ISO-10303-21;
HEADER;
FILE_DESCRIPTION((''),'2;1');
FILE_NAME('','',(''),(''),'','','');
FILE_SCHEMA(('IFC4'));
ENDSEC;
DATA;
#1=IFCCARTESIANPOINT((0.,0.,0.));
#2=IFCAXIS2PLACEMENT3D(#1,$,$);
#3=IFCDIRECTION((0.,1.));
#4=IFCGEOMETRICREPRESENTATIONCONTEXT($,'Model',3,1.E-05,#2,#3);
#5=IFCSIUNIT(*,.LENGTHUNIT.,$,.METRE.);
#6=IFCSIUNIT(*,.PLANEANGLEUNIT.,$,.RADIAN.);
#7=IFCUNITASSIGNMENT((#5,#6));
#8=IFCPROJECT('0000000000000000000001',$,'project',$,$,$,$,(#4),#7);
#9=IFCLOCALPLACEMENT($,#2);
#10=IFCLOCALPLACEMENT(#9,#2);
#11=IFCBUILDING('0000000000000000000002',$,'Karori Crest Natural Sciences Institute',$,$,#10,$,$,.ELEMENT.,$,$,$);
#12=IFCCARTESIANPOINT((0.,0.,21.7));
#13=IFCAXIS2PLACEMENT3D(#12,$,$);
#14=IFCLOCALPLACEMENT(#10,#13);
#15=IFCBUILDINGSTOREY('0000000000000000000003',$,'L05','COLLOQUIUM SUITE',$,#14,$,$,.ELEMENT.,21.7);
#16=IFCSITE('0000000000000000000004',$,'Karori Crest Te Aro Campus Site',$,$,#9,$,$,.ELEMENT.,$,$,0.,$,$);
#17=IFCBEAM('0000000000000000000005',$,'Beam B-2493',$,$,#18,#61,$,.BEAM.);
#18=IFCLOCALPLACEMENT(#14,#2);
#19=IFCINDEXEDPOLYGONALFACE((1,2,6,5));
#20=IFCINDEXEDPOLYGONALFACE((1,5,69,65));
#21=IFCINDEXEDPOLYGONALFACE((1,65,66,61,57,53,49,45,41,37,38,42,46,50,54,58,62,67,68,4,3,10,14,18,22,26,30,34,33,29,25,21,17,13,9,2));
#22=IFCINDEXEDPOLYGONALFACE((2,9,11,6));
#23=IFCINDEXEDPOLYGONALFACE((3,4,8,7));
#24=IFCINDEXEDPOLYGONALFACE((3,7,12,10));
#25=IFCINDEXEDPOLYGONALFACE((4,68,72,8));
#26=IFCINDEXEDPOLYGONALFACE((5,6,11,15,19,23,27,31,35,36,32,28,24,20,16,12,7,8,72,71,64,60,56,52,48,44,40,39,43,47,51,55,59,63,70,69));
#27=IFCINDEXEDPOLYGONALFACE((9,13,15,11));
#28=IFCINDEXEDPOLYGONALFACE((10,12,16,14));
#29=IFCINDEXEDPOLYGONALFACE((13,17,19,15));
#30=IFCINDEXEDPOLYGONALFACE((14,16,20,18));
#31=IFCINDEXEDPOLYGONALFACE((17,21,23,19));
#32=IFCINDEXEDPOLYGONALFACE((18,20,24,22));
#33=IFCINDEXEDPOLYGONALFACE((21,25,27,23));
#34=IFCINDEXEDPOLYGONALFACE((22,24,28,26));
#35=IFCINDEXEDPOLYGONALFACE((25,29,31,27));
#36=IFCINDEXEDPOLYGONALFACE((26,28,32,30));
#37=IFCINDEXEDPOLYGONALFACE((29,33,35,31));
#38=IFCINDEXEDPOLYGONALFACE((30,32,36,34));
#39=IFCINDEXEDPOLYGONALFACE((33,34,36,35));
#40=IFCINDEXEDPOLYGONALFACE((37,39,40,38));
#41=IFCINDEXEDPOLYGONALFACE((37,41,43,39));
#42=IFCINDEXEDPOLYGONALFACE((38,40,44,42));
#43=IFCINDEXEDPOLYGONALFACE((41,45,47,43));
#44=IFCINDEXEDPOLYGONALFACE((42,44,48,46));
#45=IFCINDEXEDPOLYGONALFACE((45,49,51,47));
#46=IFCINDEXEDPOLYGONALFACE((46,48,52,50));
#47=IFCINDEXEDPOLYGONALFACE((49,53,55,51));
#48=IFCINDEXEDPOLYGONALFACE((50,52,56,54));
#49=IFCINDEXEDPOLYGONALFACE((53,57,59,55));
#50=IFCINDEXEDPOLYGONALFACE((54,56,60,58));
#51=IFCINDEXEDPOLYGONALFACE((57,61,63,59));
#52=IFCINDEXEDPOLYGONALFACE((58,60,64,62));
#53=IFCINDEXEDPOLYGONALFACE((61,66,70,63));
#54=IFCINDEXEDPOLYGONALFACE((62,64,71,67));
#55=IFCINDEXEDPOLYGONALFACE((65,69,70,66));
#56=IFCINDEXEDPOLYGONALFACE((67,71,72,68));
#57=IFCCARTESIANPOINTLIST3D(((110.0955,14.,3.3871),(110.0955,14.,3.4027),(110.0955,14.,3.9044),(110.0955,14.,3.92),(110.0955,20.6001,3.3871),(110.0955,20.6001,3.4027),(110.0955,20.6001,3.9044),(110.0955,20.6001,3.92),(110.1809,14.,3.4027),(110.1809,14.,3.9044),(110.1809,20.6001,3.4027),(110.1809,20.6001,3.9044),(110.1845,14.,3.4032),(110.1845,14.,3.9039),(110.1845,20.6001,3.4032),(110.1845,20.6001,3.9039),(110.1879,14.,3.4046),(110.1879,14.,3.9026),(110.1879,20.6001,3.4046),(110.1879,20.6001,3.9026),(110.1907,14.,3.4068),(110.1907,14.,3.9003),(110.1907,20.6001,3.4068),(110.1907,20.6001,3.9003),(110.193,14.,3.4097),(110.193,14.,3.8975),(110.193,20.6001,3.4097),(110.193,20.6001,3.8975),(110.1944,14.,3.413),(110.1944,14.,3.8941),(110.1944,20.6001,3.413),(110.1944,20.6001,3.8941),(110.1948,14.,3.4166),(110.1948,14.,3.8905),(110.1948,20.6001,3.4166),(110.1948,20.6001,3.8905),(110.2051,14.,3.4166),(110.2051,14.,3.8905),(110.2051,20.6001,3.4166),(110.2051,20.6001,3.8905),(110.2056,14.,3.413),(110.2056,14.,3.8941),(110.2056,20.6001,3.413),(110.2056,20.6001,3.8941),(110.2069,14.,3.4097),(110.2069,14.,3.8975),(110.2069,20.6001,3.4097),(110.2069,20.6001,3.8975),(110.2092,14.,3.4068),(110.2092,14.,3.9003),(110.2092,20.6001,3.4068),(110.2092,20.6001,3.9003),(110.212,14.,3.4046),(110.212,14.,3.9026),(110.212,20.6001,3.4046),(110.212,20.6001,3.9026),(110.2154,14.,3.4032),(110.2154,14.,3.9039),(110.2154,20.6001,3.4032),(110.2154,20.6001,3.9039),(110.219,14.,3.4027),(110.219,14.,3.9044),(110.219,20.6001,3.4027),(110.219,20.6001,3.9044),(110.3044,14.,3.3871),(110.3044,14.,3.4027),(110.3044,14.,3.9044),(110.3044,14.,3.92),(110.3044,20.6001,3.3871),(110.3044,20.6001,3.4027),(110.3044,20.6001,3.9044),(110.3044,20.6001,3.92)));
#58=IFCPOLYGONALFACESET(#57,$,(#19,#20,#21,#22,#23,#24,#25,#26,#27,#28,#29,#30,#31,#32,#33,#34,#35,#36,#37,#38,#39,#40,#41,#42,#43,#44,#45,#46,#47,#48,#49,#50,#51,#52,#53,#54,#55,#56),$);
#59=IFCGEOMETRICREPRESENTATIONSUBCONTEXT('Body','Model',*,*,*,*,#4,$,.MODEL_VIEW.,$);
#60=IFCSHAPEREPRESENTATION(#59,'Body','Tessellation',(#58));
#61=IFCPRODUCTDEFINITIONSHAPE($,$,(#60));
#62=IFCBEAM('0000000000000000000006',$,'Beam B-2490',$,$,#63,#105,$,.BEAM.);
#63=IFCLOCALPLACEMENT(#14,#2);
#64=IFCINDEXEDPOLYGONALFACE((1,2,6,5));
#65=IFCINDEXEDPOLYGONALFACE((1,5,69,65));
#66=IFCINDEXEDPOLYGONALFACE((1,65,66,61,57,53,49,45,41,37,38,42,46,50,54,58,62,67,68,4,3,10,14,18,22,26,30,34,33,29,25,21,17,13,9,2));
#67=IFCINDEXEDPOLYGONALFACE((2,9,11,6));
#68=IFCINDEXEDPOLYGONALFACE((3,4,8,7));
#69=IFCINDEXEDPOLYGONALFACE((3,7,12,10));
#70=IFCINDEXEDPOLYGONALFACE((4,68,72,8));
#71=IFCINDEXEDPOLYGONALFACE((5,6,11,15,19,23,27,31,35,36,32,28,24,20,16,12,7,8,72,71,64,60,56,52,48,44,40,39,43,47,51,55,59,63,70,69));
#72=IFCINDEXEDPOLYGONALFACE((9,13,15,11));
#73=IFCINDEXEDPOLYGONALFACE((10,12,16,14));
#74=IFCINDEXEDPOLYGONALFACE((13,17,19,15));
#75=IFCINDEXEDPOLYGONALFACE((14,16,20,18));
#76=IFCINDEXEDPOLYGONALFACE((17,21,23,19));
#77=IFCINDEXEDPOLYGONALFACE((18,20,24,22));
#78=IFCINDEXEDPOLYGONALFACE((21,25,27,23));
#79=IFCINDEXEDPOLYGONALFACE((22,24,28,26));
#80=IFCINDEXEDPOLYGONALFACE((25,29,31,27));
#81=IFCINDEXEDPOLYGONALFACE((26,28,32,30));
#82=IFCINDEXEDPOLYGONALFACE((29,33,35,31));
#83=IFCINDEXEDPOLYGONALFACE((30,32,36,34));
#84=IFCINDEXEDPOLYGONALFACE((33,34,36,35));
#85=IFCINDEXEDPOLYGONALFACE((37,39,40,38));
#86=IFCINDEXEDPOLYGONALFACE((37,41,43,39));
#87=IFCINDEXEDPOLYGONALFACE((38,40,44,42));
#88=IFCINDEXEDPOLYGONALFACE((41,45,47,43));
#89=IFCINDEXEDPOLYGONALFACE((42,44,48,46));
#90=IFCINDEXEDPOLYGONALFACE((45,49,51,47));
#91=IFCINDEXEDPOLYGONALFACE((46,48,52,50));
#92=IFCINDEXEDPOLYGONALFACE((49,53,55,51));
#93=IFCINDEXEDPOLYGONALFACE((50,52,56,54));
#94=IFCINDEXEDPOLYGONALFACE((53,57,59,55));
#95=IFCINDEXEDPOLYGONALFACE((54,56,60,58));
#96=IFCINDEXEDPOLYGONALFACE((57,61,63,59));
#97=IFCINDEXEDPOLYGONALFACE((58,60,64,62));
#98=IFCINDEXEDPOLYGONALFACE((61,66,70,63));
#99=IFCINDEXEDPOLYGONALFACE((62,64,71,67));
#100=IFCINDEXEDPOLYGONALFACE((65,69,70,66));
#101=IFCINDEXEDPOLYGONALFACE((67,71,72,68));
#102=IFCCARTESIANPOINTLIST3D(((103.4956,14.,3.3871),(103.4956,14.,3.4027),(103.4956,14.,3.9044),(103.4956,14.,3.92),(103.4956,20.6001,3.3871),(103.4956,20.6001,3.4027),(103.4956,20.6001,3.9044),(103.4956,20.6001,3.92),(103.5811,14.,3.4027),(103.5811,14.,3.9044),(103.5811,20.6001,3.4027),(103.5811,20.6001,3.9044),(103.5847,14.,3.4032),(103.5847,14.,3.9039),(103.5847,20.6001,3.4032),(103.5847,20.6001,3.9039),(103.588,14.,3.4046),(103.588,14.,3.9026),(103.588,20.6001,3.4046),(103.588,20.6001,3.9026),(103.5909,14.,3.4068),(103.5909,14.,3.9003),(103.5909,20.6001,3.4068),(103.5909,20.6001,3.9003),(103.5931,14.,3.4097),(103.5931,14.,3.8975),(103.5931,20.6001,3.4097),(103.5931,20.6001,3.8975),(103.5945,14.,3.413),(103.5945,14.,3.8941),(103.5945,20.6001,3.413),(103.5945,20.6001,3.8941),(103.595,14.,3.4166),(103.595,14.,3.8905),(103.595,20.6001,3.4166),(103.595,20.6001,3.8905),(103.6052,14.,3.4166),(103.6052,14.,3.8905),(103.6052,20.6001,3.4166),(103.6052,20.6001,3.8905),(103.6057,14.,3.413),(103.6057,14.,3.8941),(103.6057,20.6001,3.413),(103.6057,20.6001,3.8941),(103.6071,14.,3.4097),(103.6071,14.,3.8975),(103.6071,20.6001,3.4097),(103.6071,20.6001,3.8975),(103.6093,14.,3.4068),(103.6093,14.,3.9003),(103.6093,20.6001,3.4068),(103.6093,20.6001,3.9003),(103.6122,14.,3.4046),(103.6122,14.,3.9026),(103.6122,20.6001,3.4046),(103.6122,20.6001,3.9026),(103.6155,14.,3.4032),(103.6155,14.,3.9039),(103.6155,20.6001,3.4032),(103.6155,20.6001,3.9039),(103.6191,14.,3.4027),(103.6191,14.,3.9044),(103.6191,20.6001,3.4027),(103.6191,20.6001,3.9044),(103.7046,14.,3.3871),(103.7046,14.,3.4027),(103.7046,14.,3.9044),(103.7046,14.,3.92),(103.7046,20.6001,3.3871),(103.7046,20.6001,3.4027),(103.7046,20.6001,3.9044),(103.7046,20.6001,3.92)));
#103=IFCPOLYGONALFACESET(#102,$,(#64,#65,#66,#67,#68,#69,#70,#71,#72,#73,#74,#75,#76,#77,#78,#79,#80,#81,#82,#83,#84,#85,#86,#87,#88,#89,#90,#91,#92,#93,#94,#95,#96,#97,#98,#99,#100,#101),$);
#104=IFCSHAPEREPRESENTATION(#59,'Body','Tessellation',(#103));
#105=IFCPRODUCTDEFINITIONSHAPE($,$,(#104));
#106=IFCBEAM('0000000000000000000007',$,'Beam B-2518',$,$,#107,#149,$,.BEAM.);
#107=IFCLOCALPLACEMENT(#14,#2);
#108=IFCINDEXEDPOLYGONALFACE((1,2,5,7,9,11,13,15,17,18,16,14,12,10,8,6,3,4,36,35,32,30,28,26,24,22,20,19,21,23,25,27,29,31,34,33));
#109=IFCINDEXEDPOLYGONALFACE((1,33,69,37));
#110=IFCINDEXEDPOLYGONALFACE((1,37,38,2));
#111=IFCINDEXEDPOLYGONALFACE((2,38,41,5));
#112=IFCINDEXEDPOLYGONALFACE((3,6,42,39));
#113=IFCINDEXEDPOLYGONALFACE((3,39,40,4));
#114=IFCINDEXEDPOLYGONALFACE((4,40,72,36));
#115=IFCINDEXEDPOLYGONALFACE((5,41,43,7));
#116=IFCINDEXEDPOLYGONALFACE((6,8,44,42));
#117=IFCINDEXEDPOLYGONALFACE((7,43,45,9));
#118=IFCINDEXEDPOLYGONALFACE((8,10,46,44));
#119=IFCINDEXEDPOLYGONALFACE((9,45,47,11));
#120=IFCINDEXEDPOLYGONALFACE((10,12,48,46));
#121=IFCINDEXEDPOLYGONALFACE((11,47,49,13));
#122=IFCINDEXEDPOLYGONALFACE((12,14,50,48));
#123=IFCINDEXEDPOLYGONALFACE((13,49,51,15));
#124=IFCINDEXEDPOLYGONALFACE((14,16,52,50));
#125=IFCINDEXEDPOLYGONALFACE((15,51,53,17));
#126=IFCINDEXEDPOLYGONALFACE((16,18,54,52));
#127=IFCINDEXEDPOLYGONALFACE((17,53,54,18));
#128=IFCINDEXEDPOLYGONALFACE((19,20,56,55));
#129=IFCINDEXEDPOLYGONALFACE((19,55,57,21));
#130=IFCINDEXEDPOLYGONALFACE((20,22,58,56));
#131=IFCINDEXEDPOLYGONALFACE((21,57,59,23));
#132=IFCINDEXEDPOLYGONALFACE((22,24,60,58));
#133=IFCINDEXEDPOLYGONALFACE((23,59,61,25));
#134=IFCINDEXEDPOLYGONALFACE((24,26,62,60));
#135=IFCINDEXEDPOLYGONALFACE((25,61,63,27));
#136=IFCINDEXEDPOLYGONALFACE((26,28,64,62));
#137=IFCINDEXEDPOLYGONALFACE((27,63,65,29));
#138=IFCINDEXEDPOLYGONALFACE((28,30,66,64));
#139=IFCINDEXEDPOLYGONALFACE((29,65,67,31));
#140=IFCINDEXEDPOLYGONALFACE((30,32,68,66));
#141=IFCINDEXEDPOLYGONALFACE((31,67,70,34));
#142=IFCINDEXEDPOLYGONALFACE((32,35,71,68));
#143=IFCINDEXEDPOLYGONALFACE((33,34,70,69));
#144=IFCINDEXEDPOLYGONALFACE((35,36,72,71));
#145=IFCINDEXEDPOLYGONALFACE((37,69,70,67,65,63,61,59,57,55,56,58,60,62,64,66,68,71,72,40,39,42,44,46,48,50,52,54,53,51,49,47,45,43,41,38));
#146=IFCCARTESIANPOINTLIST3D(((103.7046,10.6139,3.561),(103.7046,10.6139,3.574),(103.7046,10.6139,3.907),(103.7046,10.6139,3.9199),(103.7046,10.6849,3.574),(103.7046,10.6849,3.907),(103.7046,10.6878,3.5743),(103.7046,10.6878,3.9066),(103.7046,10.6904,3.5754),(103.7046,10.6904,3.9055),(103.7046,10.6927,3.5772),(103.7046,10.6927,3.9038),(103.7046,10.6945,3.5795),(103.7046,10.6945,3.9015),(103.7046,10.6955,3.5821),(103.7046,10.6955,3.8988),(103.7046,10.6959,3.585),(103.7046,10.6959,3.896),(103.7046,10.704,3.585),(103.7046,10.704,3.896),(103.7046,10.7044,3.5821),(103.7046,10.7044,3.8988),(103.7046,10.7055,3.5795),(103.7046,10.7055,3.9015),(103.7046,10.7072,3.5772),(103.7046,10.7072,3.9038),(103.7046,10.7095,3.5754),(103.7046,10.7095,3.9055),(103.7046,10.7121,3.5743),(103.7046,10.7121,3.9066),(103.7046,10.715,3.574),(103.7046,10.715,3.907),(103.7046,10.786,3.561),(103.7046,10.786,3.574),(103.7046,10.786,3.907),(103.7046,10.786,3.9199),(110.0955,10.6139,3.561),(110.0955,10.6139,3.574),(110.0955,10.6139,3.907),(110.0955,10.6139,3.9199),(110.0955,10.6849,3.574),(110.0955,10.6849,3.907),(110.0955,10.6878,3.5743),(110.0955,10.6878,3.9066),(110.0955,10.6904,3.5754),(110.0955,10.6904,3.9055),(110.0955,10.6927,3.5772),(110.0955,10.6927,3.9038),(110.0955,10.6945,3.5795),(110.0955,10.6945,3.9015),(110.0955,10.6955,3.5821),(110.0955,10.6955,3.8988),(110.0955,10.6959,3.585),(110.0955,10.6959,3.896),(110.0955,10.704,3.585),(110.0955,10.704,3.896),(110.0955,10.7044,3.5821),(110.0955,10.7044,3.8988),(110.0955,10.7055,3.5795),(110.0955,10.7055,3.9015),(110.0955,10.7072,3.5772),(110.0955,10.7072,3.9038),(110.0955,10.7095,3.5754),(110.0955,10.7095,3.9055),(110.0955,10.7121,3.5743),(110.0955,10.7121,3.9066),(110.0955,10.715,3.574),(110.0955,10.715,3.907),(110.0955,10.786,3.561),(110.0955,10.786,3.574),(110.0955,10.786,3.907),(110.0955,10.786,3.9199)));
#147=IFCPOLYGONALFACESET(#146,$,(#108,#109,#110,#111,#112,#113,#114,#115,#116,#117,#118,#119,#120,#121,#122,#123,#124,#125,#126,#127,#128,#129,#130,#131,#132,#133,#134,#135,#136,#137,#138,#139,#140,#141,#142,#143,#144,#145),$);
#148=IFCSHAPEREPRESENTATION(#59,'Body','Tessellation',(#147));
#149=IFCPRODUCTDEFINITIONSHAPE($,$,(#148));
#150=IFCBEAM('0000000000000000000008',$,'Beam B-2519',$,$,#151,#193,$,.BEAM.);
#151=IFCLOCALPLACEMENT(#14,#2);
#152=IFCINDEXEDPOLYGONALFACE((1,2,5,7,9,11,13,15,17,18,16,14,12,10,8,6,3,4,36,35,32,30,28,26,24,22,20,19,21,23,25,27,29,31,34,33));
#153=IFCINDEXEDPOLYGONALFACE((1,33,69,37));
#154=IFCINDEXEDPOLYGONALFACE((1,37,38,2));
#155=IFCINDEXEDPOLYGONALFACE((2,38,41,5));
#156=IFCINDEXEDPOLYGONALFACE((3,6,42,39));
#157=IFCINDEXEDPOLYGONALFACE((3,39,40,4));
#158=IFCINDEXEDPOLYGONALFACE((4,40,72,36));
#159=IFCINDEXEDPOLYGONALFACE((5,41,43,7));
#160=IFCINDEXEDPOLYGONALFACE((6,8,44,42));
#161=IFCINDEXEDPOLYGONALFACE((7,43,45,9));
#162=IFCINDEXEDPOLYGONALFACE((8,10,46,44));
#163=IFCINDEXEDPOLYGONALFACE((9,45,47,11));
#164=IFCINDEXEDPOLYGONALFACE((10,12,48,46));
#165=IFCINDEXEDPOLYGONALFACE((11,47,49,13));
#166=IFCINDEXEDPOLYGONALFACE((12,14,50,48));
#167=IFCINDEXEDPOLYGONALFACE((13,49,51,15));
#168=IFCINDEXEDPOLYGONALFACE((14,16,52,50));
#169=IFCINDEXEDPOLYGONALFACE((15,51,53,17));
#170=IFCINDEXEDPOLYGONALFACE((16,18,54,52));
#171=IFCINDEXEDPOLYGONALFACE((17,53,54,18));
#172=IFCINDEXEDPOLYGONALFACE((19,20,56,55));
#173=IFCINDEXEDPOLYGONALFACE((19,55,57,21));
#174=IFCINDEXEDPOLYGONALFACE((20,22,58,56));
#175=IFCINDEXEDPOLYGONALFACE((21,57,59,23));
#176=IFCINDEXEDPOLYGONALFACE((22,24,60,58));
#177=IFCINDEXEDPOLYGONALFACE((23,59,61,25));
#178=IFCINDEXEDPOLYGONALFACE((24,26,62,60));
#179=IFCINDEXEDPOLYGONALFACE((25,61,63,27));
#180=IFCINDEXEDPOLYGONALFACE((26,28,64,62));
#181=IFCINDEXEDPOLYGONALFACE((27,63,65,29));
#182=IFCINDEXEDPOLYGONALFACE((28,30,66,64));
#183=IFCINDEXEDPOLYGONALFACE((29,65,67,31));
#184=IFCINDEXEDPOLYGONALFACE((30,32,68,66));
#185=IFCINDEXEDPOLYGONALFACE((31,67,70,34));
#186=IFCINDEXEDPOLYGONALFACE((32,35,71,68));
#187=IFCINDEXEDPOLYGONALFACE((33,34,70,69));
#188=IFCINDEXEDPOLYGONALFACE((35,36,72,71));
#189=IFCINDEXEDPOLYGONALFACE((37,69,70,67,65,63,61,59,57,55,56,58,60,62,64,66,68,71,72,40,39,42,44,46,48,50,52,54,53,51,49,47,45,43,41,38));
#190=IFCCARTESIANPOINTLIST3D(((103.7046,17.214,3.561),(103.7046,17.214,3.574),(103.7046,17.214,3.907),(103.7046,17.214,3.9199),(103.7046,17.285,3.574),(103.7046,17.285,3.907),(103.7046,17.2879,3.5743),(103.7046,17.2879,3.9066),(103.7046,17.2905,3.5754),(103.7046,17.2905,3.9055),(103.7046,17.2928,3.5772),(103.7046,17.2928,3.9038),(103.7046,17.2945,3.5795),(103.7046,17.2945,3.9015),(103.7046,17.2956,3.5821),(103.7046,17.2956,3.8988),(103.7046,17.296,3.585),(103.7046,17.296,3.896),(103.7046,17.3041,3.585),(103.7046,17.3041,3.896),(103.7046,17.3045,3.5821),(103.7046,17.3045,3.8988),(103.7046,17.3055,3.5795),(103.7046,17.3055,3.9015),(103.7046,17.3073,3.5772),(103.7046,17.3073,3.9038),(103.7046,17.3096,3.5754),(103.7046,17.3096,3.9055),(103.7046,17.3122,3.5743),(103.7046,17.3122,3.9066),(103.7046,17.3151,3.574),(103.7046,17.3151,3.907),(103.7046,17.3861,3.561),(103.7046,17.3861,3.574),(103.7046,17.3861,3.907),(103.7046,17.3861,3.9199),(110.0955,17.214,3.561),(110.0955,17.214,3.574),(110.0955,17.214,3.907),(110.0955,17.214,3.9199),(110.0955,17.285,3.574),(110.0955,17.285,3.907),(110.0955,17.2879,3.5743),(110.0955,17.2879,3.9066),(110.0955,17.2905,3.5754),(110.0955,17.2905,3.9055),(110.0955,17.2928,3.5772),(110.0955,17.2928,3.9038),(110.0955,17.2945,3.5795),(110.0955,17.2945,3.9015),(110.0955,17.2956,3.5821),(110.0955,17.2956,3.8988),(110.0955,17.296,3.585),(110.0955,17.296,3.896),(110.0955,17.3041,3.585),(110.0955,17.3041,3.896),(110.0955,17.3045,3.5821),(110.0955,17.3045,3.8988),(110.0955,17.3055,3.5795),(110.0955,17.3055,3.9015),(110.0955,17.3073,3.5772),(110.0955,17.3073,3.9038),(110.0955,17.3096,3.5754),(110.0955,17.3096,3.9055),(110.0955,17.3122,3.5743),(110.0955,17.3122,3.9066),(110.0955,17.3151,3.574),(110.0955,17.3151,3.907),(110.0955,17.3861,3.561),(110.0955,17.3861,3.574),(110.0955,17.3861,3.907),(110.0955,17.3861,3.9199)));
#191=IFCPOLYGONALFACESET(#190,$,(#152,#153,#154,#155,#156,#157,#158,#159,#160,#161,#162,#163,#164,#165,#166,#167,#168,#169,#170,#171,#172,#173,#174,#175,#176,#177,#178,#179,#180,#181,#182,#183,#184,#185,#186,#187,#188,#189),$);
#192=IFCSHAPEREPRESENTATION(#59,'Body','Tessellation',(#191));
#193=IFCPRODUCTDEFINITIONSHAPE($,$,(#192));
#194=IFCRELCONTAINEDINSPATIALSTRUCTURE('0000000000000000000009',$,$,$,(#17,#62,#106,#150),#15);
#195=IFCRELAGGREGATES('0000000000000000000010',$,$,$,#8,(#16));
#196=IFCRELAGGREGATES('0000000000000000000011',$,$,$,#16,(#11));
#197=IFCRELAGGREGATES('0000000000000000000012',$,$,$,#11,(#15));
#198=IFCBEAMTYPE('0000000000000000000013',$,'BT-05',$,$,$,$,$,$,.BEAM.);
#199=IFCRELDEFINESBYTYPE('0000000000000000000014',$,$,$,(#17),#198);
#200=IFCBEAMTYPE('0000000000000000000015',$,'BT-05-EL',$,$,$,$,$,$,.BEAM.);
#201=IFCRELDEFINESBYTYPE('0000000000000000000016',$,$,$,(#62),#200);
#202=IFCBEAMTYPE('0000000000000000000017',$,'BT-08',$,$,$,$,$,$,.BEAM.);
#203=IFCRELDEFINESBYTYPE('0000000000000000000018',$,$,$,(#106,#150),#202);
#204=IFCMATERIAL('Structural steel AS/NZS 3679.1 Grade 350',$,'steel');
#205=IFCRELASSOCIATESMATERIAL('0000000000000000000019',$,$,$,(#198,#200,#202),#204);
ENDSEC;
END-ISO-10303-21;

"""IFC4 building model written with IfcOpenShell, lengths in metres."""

from ifc_helpers import new_model, si_unit, direction, frame, origin, origin_2d, place, context, subcontext, project, spatial, i_section, extrude, material, material_profile, profile_set, type_object, element, save


model = new_model("IFC4")

# Units and contexts
model_context = context("Model", 3, precision=1e-05, world=origin(), true_north=direction((0.0, 1.0)))
body_context = subcontext(model_context, "Body", "Model", "MODEL_VIEW")
ifc_project = project(units=[si_unit("LENGTHUNIT", "METRE"), si_unit("PLANEANGLEUNIT", "RADIAN")], contexts=[model_context])

# Site, building, storey
site_placement = place(None, origin())
site = spatial("IfcSite", under=ifc_project, at=site_placement, Name="Karori Crest Te Aro Campus Site", CompositionType="ELEMENT", RefElevation=0.0)
building_placement = place(site_placement, origin())
building = spatial("IfcBuilding", under=site, at=building_placement, Name="Karori Crest Natural Sciences Institute", CompositionType="ELEMENT")
storey_placement = place(building_placement, frame((0.0, 0.0, 21.7)))
storey = spatial("IfcBuildingStorey", under=building, at=storey_placement, Name="L05", Description="COLLOQUIUM SUITE", CompositionType="ELEMENT", Elevation=21.7)

# Shared definitions
ifc_material_1 = material(Name="Structural steel AS/NZS 3679.1 Grade 350", Category="steel")

# Beams
ifc_material_profile_1 = material_profile(ifc_material_1, i_section(OverallWidth=0.209, OverallDepth=0.533, WebThickness=0.0103, FlangeThickness=0.0156, FilletRadius=0.0139, at=origin_2d()), Name="530UB92.4")
ifc_profile_set_1 = profile_set([ifc_material_profile_1], Name="Structural steel AS/NZS 3679.1 Grade 350")
beam_type_1 = type_object("IfcBeamType", Name="BT-05", PredefinedType="BEAM", material=ifc_profile_set_1)
beam_1_placement = place(storey_placement, frame((110.2, 14.0, 3.6536), z_axis=(0.0, 1.0, 0.0), x_axis=(-1.0, 0.0, 0.0)))
element("IfcBeam", 1, at=beam_1_placement, inside=storey, type_object=beam_type_1, Name="Beam B-2493", PredefinedType="BEAM", context=body_context, shape_type="SweptSolid", body=[
    extrude(i_section(OverallWidth=0.209, OverallDepth=0.533, WebThickness=0.0103, FlangeThickness=0.0156, FilletRadius=0.0139, at=origin_2d()), origin(), (0.0, 0.0, 1.0), 6.6001),
])
ifc_material_profile_2 = material_profile(ifc_material_1, i_section(OverallWidth=0.209, OverallDepth=0.533, WebThickness=0.0103, FlangeThickness=0.0156, FilletRadius=0.0139, at=origin_2d()), Name="530UB92.4")
ifc_profile_set_2 = profile_set([ifc_material_profile_2], Name="Structural steel AS/NZS 3679.1 Grade 350")
beam_type_2 = type_object("IfcBeamType", Name="BT-05-EL", PredefinedType="BEAM", material=ifc_profile_set_2)
beam_2_placement = place(storey_placement, frame((103.6001, 14.0, 3.6536), z_axis=(0.0, 1.0, 0.0), x_axis=(-1.0, 0.0, 0.0)))
element("IfcBeam", 2, at=beam_2_placement, inside=storey, type_object=beam_type_2, Name="Beam B-2490", PredefinedType="BEAM", context=body_context, shape_type="SweptSolid", body=[
    extrude(i_section(OverallWidth=0.209, OverallDepth=0.533, WebThickness=0.0103, FlangeThickness=0.0156, FilletRadius=0.0139, at=origin_2d()), origin(), (0.0, 0.0, 1.0), 6.6001),
])
ifc_material_profile_3 = material_profile(ifc_material_1, i_section(OverallWidth=0.1721, OverallDepth=0.3589, WebThickness=0.0081, FlangeThickness=0.0129, FilletRadius=0.011, at=origin_2d()), Name="360UB56.7")
ifc_profile_set_3 = profile_set([ifc_material_profile_3], Name="Structural steel AS/NZS 3679.1 Grade 350")
beam_type_3 = type_object("IfcBeamType", Name="BT-08", PredefinedType="BEAM", material=ifc_profile_set_3)
for number, where, z_axis, x_axis, name in (
    (3, (103.7046, 10.7, 3.7405), (1.0, 0.0, 0.0), (0.0, 1.0, 0.0), "Beam B-2518"),
    (4, (103.7046, 17.3, 3.7405), (1.0, 0.0, 0.0), (0.0, 1.0, 0.0), "Beam B-2519"),
):
    element("IfcBeam", number, at=place(storey_placement, frame(where, z_axis=z_axis, x_axis=x_axis)), inside=storey, type_object=beam_type_3, Name=name, PredefinedType="BEAM", context=body_context, shape_type="SweptSolid", body=[
        extrude(i_section(OverallWidth=0.1721, OverallDepth=0.3589, WebThickness=0.0081, FlangeThickness=0.0129, FilletRadius=0.011, at=origin_2d()), origin(), (0.0, 0.0, 1.0), 6.3909),
    ])

save(model, "model.ifc")
